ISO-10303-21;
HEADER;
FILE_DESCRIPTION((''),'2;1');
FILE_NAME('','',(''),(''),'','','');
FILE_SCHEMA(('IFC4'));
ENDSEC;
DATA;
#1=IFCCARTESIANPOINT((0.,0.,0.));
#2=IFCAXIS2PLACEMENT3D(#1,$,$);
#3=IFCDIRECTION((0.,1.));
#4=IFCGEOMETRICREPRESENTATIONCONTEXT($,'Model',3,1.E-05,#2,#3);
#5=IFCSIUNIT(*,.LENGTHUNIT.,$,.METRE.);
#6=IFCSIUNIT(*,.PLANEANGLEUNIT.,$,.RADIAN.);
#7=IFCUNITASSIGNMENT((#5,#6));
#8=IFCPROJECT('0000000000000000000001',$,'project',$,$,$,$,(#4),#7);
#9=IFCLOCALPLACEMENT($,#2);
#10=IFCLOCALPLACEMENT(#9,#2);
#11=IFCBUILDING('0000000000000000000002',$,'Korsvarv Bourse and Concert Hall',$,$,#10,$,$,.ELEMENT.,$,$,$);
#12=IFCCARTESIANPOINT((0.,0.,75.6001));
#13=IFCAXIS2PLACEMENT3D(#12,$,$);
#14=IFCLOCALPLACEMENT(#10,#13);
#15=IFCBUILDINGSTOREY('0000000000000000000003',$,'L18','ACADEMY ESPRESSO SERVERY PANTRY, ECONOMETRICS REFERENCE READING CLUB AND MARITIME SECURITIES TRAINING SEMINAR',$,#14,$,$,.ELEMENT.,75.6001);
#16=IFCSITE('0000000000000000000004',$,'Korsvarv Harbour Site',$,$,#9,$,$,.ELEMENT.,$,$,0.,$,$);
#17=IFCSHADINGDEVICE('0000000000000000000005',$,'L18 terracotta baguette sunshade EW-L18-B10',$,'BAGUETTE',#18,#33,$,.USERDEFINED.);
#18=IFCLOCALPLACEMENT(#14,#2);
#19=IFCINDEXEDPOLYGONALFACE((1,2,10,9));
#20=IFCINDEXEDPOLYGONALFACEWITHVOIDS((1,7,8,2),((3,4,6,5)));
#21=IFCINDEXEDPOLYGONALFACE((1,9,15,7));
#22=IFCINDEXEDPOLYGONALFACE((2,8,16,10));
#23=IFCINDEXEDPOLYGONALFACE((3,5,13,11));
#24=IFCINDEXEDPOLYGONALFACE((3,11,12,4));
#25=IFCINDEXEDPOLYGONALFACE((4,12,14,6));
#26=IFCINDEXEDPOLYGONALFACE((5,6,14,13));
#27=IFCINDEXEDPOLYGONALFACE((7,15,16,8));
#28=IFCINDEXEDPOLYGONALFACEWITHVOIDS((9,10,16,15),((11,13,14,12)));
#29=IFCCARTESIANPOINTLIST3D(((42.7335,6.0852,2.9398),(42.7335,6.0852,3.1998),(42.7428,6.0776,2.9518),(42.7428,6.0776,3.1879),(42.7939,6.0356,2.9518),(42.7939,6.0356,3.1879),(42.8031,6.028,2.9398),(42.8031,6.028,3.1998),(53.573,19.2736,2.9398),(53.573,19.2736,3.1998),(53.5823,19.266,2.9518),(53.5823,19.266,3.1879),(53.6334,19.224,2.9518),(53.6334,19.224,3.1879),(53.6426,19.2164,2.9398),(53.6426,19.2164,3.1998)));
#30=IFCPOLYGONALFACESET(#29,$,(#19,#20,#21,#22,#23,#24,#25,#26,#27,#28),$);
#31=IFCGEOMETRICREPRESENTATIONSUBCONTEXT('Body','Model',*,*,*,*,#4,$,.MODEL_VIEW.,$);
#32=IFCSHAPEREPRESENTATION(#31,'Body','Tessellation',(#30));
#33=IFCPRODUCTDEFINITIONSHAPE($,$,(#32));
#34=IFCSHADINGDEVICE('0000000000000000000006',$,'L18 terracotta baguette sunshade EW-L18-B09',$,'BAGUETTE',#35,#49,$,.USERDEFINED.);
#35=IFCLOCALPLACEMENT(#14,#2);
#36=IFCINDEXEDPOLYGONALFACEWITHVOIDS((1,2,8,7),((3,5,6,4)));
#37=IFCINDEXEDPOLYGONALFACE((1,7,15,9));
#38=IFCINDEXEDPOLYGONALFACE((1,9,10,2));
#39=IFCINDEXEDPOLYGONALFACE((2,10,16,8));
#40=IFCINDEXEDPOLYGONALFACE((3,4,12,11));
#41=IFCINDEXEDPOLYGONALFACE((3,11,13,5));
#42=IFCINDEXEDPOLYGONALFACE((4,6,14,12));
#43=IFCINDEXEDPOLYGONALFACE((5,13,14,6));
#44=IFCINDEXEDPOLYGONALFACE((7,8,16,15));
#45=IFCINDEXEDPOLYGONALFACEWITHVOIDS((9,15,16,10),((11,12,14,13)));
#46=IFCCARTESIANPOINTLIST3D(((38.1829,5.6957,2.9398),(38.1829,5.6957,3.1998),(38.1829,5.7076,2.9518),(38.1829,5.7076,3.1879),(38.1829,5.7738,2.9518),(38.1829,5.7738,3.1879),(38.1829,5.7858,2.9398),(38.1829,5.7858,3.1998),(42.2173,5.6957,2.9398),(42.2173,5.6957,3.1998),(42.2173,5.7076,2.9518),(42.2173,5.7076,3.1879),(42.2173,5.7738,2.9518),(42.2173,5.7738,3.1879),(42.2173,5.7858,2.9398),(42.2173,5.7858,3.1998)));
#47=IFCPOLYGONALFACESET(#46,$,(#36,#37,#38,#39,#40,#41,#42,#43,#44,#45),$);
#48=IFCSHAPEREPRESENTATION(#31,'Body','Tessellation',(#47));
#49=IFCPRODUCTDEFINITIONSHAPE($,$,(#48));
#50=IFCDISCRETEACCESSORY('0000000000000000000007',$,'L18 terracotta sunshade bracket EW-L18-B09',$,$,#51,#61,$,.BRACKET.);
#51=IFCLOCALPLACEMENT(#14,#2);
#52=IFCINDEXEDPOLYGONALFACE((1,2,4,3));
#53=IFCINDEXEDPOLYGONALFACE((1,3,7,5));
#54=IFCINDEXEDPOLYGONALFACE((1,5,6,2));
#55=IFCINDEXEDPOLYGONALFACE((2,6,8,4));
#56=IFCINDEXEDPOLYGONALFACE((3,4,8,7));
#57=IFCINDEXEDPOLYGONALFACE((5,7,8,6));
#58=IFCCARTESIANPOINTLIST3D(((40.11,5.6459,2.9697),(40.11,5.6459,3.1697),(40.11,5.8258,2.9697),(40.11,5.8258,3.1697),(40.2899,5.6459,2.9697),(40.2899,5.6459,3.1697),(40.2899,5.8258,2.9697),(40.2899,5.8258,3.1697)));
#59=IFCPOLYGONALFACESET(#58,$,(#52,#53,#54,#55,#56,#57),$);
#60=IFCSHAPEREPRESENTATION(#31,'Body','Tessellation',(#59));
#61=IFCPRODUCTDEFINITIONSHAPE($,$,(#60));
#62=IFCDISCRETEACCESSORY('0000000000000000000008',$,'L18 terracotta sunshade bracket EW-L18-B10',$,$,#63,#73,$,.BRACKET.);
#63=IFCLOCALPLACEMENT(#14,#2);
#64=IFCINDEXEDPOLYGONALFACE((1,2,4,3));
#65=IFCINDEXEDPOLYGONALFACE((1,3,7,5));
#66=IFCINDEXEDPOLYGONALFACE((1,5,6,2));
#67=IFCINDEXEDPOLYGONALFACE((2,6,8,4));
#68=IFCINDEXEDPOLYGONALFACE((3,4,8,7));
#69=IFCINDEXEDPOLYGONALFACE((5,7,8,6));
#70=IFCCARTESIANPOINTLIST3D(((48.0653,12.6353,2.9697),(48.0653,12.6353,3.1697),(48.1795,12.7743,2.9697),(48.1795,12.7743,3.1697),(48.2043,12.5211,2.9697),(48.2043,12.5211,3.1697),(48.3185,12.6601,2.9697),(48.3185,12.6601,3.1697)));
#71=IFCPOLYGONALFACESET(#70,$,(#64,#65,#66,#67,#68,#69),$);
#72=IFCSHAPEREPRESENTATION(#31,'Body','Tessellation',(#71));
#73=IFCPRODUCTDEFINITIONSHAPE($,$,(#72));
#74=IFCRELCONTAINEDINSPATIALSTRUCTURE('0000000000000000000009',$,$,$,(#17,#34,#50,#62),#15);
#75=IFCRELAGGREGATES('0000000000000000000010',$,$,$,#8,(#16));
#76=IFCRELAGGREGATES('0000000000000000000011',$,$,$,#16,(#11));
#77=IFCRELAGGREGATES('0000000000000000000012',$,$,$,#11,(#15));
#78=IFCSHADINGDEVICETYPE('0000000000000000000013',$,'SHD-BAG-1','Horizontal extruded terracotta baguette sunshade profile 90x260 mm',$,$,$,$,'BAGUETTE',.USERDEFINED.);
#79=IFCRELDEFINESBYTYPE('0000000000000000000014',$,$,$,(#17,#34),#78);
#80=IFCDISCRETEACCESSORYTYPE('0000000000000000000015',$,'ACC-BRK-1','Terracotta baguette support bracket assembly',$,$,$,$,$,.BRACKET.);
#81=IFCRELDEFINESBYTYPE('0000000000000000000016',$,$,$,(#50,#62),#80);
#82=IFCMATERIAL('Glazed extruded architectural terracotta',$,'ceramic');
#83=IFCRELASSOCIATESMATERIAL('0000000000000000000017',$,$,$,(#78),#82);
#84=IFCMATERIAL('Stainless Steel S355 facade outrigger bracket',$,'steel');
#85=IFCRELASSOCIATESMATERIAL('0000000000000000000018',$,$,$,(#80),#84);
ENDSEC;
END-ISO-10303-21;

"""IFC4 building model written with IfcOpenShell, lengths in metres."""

from ifc_helpers import new_model, si_unit, direction, frame, origin, origin_2d, place, context, subcontext, project, spatial, rectangle, hollow_rectangle, extrude, source, transform, mapped, material, material_profile, profile_set, type_object, element, save


model = new_model("IFC4")

# Units and contexts
model_context = context("Model", 3, precision=1e-05, world=origin(), true_north=direction((0.0, 1.0)))
body_context = subcontext(model_context, "Body", "Model", "MODEL_VIEW")
ifc_project = project(units=[si_unit("LENGTHUNIT", "METRE"), si_unit("PLANEANGLEUNIT", "RADIAN")], contexts=[model_context])

# Site, building, storey
site_placement = place(None, origin())
site = spatial("IfcSite", under=ifc_project, at=site_placement, Name="Korsvarv Harbour Site", CompositionType="ELEMENT", RefElevation=0.0)
building_placement = place(site_placement, origin())
building = spatial("IfcBuilding", under=site, at=building_placement, Name="Korsvarv Bourse and Concert Hall", CompositionType="ELEMENT")
storey_placement = place(building_placement, frame((0.0, 0.0, 75.6001)))
storey = spatial("IfcBuildingStorey", under=building, at=storey_placement, Name="L18", Description="ACADEMY ESPRESSO SERVERY PANTRY, ECONOMETRICS REFERENCE READING CLUB AND MARITIME SECURITIES TRAINING SEMINAR", CompositionType="ELEMENT", Elevation=75.6001)

# Shading devices
ifc_material_1 = material(Name="Glazed extruded architectural terracotta", Category="ceramic")
ifc_material_profile_1 = material_profile(ifc_material_1, hollow_rectangle(XDim=0.0901, YDim=0.26, WallThickness=0.012, at=origin_2d()), Name="TC-BAG 90x260")
ifc_profile_set_1 = profile_set([ifc_material_profile_1], Name="Glazed extruded architectural terracotta")
shading_device_type = type_object("IfcShadingDeviceType", Name="SHD-BAG-1", Description="Horizontal extruded terracotta baguette sunshade profile 90x260 mm", ElementType="BAGUETTE", PredefinedType="USERDEFINED", material=ifc_profile_set_1)
shared_shape_1 = source(origin(), body_context, "Body", "SweptSolid", [
    extrude(hollow_rectangle(XDim=0.0901, YDim=0.26, WallThickness=0.012, at=origin_2d()), origin(), (0.0, 0.0, 1.0), 17.0713),
])
shading_device_1_placement = place(storey_placement, frame((42.7683, 6.0566, 3.0698), z_axis=(0.634957, 0.772548, 0.0), x_axis=(-0.772548, 0.634957, 0.0)))
element("IfcShadingDevice", 1, at=shading_device_1_placement, inside=storey, type_object=shading_device_type, Name="L18 terracotta baguette sunshade EW-L18-B10", ObjectType="BAGUETTE", PredefinedType="USERDEFINED", context=body_context, shape_type="MappedRepresentation", body=[
    mapped(shared_shape_1, transform((0.0, 0.0, 0.0), scale=1.0)),
])
shared_shape_2 = source(origin(), body_context, "Body", "SweptSolid", [
    extrude(hollow_rectangle(XDim=0.0901, YDim=0.26, WallThickness=0.012, at=origin_2d()), origin(), (0.0, 0.0, 1.0), 4.0344),
])
shading_device_2_placement = place(storey_placement, frame((38.1829, 5.7407, 3.0698), z_axis=(1.0, 0.0, 0.0), x_axis=(0.0, 1.0, 0.0)))
element("IfcShadingDevice", 2, at=shading_device_2_placement, inside=storey, type_object=shading_device_type, Name="L18 terracotta baguette sunshade EW-L18-B09", ObjectType="BAGUETTE", PredefinedType="USERDEFINED", context=body_context, shape_type="MappedRepresentation", body=[
    mapped(shared_shape_2, transform((0.0, 0.0, 0.0), scale=1.0)),
])

# Discrete accessories
ifc_material_2 = material(Name="Stainless Steel S355 facade outrigger bracket", Category="steel")
discrete_accessory_type = type_object("IfcDiscreteAccessoryType", Name="ACC-BRK-1", Description="Terracotta baguette support bracket assembly", PredefinedType="BRACKET", material=ifc_material_2)
shared_shape_3 = source(origin(), body_context, "Body", "SweptSolid", [
    extrude(rectangle(XDim=0.1799, YDim=0.1799, at=origin_2d()), origin(), (0.0, 0.0, 1.0), 0.2),
])
for number, where, z_axis, x_axis, name in (
    (3, (40.2, 5.7358, 2.9697), (0.0, 0.0, 1.0), (1.0, 0.0, 0.0), "L18 terracotta sunshade bracket EW-L18-B09"),
    (4, (48.1919, 12.6477, 2.9697), (0.0, 0.0, 1.0), (0.635, 0.772512, 0.0), "L18 terracotta sunshade bracket EW-L18-B10"),
):
    element("IfcDiscreteAccessory", number, at=place(storey_placement, frame(where, z_axis=z_axis, x_axis=x_axis)), inside=storey, type_object=discrete_accessory_type, Name=name, PredefinedType="BRACKET", context=body_context, shape_type="MappedRepresentation", body=[
        mapped(shared_shape_3, transform((0.0, 0.0, 0.0), scale=1.0)),
    ])

save(model, "model.ifc")
